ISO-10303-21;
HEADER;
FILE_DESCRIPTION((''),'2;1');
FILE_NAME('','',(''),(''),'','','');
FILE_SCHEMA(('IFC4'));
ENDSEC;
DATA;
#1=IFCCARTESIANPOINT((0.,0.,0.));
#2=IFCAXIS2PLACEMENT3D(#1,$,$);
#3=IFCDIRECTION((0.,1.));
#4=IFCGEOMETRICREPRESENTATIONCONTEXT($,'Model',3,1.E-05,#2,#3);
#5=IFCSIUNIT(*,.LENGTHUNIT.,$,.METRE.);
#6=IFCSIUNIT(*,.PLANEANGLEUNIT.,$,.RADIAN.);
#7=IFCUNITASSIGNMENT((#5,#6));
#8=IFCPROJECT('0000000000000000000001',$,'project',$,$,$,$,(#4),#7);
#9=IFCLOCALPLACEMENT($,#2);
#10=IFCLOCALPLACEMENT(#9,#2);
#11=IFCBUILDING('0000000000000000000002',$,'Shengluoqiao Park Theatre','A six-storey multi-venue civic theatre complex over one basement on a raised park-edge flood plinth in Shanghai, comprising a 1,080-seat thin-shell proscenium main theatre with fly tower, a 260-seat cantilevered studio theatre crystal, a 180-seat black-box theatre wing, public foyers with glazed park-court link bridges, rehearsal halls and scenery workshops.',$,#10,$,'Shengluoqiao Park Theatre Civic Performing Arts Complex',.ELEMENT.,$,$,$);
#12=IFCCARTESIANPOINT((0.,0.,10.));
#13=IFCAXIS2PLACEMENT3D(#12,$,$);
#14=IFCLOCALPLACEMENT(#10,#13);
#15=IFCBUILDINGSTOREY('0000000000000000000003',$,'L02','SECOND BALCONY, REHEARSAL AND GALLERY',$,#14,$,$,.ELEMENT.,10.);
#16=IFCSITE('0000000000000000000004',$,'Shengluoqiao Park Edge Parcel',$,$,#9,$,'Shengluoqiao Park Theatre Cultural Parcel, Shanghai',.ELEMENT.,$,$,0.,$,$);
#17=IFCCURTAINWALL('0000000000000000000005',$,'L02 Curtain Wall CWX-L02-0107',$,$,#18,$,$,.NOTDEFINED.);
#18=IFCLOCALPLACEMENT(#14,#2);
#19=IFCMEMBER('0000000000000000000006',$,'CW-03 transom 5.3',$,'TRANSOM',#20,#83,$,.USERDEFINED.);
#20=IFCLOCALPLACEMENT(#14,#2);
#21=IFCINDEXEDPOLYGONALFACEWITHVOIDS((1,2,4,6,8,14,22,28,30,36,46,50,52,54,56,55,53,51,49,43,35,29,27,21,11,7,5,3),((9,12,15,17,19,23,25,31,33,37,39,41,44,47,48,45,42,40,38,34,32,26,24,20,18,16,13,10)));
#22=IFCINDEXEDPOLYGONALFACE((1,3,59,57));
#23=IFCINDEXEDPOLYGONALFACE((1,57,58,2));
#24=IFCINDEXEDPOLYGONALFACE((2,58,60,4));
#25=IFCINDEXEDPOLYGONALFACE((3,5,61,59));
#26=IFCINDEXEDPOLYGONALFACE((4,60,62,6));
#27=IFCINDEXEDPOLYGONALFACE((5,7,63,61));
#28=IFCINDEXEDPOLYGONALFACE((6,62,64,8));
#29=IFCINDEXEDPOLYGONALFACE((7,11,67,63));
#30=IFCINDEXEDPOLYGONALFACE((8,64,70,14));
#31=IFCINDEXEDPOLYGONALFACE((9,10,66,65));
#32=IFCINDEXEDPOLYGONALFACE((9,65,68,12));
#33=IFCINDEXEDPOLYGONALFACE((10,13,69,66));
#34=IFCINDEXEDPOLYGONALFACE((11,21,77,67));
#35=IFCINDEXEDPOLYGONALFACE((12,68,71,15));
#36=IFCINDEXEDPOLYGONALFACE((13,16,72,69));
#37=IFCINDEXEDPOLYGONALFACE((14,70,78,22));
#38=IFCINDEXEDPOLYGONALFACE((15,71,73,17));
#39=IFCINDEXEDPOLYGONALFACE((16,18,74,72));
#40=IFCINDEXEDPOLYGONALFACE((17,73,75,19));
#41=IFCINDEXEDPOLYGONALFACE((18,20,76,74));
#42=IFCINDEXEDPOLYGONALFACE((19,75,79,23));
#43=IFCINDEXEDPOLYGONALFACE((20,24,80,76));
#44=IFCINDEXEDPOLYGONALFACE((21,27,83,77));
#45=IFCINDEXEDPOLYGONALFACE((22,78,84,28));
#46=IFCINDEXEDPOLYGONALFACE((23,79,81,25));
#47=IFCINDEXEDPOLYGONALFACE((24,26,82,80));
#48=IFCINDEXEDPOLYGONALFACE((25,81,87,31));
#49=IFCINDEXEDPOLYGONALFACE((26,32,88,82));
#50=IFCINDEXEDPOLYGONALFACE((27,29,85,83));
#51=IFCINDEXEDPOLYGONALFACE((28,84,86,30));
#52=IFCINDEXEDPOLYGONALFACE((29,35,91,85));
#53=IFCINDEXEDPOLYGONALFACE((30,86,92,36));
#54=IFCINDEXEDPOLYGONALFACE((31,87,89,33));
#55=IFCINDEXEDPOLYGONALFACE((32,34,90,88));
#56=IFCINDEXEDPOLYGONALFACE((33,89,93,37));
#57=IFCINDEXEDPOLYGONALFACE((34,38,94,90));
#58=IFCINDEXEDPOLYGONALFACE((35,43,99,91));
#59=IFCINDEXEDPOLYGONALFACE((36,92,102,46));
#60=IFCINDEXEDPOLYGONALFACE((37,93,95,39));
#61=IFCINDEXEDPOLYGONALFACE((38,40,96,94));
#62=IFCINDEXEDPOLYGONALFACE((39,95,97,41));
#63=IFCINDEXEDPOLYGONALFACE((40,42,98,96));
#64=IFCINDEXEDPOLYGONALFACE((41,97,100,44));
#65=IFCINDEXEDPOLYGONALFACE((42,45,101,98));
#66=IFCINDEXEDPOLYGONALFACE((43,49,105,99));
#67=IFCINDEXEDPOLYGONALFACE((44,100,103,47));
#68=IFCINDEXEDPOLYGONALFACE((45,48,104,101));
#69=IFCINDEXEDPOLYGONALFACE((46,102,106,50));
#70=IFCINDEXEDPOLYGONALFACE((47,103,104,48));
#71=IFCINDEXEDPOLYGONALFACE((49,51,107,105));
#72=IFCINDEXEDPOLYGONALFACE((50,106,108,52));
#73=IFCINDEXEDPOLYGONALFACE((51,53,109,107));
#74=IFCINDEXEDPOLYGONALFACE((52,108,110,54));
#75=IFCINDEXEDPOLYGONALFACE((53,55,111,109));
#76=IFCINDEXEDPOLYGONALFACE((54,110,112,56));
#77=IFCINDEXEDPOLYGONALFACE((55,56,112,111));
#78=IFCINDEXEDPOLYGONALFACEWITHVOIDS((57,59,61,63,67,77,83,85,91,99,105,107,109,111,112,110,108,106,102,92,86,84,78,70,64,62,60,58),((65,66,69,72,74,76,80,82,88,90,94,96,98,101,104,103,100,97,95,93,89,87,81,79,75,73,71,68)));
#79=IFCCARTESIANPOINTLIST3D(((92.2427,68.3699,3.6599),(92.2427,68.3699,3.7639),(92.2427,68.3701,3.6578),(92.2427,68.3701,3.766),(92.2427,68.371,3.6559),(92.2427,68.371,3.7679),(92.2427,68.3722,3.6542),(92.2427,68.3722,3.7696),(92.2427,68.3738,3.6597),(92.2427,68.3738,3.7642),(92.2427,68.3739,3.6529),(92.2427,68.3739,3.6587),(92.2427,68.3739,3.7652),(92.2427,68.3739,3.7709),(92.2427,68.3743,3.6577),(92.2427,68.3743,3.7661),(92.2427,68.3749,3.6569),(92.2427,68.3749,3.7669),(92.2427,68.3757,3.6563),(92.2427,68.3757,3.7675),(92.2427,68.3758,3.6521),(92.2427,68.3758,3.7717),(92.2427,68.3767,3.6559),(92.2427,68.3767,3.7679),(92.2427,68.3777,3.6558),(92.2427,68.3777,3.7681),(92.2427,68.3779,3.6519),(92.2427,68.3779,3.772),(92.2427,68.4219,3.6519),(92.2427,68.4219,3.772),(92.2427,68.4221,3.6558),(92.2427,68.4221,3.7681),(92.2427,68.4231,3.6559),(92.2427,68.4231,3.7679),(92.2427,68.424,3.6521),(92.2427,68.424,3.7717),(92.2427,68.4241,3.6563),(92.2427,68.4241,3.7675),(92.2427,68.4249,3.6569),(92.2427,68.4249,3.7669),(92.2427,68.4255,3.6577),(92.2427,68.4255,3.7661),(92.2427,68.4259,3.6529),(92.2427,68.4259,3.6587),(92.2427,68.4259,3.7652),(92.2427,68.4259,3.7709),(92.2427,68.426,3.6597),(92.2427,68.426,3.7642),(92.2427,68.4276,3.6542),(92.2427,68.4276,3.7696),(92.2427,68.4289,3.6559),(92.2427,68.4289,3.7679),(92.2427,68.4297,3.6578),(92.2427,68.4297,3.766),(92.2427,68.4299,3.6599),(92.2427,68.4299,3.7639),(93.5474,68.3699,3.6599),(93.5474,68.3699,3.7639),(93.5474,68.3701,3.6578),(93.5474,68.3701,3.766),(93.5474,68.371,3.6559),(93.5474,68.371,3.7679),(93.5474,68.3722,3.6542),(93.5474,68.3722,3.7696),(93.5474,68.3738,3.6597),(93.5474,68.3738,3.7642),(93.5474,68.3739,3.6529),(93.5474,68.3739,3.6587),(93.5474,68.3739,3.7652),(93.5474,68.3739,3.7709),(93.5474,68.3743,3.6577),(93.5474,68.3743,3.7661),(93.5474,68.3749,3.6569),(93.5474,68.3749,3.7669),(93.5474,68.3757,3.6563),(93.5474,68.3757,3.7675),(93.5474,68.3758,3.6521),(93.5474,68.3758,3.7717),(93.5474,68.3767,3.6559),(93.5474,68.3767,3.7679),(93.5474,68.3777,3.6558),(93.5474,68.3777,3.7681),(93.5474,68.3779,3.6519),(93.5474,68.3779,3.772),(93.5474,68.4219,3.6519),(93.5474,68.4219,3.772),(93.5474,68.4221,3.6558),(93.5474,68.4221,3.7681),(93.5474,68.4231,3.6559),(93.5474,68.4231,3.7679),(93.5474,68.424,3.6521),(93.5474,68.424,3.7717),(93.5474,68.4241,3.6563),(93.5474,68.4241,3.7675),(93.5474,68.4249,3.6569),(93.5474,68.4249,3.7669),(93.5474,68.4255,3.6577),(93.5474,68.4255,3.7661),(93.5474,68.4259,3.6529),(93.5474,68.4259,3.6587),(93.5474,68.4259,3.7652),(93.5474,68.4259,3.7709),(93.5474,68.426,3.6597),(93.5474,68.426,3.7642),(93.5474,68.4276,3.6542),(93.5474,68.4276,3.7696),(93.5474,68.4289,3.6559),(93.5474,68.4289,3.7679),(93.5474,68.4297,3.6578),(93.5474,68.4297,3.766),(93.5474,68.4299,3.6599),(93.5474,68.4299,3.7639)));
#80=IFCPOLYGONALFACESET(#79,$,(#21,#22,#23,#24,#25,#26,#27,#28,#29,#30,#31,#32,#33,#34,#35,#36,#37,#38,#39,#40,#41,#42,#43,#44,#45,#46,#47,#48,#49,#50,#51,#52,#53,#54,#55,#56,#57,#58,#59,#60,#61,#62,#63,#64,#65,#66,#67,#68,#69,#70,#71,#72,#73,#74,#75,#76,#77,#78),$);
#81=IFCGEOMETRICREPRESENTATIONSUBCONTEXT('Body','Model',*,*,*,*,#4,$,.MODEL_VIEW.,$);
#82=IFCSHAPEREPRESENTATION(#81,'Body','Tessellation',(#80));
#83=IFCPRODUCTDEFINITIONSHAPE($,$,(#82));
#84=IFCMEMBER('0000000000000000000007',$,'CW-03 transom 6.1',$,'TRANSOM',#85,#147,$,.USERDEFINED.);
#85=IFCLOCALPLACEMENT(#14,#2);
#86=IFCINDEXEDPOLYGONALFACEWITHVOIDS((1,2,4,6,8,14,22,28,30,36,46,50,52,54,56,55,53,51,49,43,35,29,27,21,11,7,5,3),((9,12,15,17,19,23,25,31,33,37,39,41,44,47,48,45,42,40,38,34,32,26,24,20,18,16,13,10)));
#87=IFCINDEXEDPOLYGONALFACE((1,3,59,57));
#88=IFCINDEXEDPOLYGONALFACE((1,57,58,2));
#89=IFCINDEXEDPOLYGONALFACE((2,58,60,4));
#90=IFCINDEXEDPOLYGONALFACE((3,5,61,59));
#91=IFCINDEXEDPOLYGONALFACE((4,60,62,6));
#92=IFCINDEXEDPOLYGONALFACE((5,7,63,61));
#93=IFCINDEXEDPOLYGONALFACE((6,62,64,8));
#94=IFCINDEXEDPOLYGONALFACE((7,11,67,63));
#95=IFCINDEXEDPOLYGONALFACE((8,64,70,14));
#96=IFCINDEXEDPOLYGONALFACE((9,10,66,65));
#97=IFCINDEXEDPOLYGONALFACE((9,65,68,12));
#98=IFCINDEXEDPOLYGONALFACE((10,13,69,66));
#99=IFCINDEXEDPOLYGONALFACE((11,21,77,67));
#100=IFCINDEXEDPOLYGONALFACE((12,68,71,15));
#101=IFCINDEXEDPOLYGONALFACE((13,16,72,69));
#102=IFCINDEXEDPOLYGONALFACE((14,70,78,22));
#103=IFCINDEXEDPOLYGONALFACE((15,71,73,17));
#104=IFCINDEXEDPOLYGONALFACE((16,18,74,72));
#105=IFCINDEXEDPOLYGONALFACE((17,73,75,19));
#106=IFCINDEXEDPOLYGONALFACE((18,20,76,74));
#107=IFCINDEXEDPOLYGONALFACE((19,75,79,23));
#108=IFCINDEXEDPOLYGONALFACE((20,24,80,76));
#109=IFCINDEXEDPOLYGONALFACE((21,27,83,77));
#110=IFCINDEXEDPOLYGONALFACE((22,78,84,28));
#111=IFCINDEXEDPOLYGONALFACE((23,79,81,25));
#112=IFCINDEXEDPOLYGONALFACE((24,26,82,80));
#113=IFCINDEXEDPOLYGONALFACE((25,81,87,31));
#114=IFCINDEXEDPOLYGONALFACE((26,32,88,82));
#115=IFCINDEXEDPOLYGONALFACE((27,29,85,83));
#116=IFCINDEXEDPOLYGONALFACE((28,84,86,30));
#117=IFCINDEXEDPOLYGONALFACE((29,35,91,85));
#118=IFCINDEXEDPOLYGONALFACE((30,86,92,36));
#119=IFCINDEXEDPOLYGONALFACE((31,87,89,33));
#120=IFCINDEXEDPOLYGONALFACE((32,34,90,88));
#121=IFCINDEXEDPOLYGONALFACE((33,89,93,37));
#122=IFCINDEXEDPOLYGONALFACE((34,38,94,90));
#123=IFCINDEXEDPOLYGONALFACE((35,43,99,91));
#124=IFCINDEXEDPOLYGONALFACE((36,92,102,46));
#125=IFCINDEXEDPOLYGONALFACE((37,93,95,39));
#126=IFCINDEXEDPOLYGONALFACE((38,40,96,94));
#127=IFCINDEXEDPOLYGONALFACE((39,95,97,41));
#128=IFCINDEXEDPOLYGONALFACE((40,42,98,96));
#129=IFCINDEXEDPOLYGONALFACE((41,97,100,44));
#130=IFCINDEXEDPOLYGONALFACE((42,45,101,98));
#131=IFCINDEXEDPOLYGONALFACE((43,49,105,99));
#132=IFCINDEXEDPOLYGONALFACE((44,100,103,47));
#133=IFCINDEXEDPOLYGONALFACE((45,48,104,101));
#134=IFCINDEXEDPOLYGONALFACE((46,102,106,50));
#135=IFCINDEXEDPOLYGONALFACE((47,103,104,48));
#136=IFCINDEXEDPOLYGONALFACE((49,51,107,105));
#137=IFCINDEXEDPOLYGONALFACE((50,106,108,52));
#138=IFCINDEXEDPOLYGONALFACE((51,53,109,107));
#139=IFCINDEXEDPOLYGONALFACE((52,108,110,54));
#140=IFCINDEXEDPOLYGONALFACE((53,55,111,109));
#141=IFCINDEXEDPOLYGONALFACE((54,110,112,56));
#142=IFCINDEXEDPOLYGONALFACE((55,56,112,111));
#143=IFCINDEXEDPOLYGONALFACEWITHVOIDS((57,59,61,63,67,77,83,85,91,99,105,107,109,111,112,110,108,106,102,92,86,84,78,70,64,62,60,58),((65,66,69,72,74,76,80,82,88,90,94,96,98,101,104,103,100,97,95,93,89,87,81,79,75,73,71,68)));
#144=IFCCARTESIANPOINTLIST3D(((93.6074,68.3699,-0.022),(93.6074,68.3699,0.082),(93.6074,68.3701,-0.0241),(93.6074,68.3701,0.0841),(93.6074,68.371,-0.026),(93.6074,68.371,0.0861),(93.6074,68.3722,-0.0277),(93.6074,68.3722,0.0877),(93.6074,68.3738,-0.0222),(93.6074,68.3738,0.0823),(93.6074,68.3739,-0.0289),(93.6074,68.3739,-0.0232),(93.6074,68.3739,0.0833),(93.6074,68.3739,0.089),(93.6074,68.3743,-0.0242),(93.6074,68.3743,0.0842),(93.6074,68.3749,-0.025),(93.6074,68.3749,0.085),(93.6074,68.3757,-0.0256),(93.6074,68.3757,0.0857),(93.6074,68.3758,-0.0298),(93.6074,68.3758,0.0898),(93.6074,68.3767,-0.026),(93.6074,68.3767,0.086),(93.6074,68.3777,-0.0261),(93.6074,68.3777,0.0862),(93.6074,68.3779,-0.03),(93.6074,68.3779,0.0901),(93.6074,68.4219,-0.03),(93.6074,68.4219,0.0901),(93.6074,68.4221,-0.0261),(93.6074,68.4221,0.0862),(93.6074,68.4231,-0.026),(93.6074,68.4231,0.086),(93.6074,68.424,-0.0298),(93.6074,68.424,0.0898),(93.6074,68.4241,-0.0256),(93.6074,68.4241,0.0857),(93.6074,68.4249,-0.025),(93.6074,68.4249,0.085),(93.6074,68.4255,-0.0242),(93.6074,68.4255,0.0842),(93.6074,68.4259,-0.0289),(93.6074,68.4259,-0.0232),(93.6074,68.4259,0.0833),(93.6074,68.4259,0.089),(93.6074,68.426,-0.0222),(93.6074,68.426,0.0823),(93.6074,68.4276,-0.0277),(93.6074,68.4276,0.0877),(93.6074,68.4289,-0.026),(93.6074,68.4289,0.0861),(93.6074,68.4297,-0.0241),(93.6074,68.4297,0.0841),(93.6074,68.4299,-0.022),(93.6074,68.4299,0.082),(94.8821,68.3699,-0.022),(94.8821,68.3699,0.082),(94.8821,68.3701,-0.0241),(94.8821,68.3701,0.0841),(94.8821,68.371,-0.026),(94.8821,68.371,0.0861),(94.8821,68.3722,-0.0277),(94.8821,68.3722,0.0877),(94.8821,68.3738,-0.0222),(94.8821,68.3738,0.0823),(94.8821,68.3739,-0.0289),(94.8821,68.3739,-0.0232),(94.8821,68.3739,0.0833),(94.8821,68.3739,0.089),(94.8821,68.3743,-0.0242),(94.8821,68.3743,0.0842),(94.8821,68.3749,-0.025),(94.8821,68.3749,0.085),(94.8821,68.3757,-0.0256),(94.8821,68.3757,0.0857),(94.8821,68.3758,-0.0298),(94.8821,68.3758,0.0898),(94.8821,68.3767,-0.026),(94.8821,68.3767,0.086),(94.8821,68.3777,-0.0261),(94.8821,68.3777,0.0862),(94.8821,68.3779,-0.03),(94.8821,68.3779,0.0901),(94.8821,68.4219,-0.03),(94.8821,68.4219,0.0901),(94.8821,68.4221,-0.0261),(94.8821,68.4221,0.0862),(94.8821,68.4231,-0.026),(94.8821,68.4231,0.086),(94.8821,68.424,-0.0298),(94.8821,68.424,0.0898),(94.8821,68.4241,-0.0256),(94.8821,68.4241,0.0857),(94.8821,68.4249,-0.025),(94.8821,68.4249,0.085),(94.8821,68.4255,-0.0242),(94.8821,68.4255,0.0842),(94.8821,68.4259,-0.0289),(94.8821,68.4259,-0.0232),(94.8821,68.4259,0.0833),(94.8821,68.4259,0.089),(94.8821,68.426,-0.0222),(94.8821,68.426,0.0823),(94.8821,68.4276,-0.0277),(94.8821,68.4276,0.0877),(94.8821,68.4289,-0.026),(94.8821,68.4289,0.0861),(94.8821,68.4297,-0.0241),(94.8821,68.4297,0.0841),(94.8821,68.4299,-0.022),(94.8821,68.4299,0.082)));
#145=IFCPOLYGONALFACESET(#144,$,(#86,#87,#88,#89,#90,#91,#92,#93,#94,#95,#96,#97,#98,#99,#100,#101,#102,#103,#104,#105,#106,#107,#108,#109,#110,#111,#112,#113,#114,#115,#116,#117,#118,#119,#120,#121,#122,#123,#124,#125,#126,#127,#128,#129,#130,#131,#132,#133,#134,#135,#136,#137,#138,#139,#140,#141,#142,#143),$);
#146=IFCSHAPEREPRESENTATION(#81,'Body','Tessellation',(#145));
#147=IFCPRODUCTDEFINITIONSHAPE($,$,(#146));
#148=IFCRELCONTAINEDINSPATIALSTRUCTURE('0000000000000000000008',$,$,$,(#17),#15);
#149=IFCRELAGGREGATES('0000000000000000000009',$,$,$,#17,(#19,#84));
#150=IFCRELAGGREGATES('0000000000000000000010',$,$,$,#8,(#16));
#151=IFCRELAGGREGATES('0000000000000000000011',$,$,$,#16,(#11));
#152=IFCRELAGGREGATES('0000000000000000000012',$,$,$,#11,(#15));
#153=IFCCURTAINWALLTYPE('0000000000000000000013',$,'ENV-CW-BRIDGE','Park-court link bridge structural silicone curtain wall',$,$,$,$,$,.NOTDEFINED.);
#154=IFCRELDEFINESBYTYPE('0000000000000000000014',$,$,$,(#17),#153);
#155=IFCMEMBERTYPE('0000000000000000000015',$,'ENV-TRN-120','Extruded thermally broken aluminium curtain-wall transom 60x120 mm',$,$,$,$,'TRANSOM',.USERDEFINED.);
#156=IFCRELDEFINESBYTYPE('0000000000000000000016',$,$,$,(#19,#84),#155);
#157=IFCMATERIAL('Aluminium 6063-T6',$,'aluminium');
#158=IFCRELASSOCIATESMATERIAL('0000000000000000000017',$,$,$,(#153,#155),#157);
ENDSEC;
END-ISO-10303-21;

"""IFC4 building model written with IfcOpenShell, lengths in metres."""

from ifc_helpers import new_model, si_unit, direction, frame, origin, origin_2d, place, context, subcontext, project, spatial, hollow_rectangle, extrude, material, material_profile, profile_set, type_object, element, aggregate, save


model = new_model("IFC4")

# Units and contexts
model_context = context("Model", 3, precision=1e-05, world=origin(), true_north=direction((0.0, 1.0)))
body_context = subcontext(model_context, "Body", "Model", "MODEL_VIEW")
ifc_project = project(units=[si_unit("LENGTHUNIT", "METRE"), si_unit("PLANEANGLEUNIT", "RADIAN")], contexts=[model_context])

# Site, building, storey
site_placement = place(None, origin())
site = spatial("IfcSite", under=ifc_project, at=site_placement, Name="Shengluoqiao Park Edge Parcel", LongName="Shengluoqiao Park Theatre Cultural Parcel, Shanghai", CompositionType="ELEMENT", RefElevation=0.0)
building_placement = place(site_placement, origin())
building = spatial("IfcBuilding", under=site, at=building_placement, Name="Shengluoqiao Park Theatre", Description="A six-storey multi-venue civic theatre complex over one basement on a raised park-edge flood plinth in Shanghai, comprising a 1,080-seat thin-shell proscenium main theatre with fly tower, a 260-seat cantilevered studio theatre crystal, a 180-seat black-box theatre wing, public foyers with glazed park-court link bridges, rehearsal halls and scenery workshops.", LongName="Shengluoqiao Park Theatre Civic Performing Arts Complex", CompositionType="ELEMENT")
storey_placement = place(building_placement, frame((0.0, 0.0, 10.0)))
storey = spatial("IfcBuildingStorey", under=building, at=storey_placement, Name="L02", Description="SECOND BALCONY, REHEARSAL AND GALLERY", CompositionType="ELEMENT", Elevation=10.0)

# Curtain wall, members
ifc_material_1 = material(Name="Aluminium 6063-T6", Category="aluminium")
curtain_wall_type = type_object("IfcCurtainWallType", Name="ENV-CW-BRIDGE", Description="Park-court link bridge structural silicone curtain wall", PredefinedType="NOTDEFINED", material=ifc_material_1)
curtain_wall_placement = place(storey_placement, origin())
curtain_wall = element("IfcCurtainWall", 1, at=curtain_wall_placement, inside=storey, type_object=curtain_wall_type, Name="L02 Curtain Wall CWX-L02-0107", PredefinedType="NOTDEFINED")
ifc_material_profile_1 = material_profile(ifc_material_1, hollow_rectangle(XDim=0.0601, YDim=0.1201, WallThickness=0.0039, InnerFilletRadius=0.0039, OuterFilletRadius=0.0081, at=origin_2d()), Name="ALU TRANSOM 120x60x4")
ifc_profile_set_1 = profile_set([ifc_material_profile_1], Name="Aluminium 6063-T6")
member_type_1 = type_object("IfcMemberType", Name="ENV-TRN-120", Description="Extruded thermally broken aluminium curtain-wall transom 60x120 mm", ElementType="TRANSOM", PredefinedType="USERDEFINED", material=ifc_profile_set_1)
member_1_placement = place(storey_placement, frame((92.2427, 68.3999, 3.7119), z_axis=(1.0, 0.0, 0.0), x_axis=(0.0, 1.0, 0.0)))
member_1 = element("IfcMember", 2, at=member_1_placement, type_object=member_type_1, Name="CW-03 transom 5.3", ObjectType="TRANSOM", PredefinedType="USERDEFINED", context=body_context, shape_type="SweptSolid", body=[
    extrude(hollow_rectangle(XDim=0.0601, YDim=0.1201, WallThickness=0.0039, InnerFilletRadius=0.0039, OuterFilletRadius=0.0081, at=origin_2d()), origin(), (0.0, 0.0, 1.0), 1.3047),
])
member_2_placement = place(storey_placement, frame((93.6074, 68.3999, 0.03), z_axis=(1.0, 0.0, 0.0), x_axis=(0.0, 1.0, 0.0)))
member_2 = element("IfcMember", 3, at=member_2_placement, type_object=member_type_1, Name="CW-03 transom 6.1", ObjectType="TRANSOM", PredefinedType="USERDEFINED", context=body_context, shape_type="SweptSolid", body=[
    extrude(hollow_rectangle(XDim=0.0601, YDim=0.1201, WallThickness=0.0039, InnerFilletRadius=0.0039, OuterFilletRadius=0.0081, at=origin_2d()), origin(), (0.0, 0.0, 1.0), 1.2747),
])
aggregate(curtain_wall, [member_1, member_2])

save(model, "model.ifc")
